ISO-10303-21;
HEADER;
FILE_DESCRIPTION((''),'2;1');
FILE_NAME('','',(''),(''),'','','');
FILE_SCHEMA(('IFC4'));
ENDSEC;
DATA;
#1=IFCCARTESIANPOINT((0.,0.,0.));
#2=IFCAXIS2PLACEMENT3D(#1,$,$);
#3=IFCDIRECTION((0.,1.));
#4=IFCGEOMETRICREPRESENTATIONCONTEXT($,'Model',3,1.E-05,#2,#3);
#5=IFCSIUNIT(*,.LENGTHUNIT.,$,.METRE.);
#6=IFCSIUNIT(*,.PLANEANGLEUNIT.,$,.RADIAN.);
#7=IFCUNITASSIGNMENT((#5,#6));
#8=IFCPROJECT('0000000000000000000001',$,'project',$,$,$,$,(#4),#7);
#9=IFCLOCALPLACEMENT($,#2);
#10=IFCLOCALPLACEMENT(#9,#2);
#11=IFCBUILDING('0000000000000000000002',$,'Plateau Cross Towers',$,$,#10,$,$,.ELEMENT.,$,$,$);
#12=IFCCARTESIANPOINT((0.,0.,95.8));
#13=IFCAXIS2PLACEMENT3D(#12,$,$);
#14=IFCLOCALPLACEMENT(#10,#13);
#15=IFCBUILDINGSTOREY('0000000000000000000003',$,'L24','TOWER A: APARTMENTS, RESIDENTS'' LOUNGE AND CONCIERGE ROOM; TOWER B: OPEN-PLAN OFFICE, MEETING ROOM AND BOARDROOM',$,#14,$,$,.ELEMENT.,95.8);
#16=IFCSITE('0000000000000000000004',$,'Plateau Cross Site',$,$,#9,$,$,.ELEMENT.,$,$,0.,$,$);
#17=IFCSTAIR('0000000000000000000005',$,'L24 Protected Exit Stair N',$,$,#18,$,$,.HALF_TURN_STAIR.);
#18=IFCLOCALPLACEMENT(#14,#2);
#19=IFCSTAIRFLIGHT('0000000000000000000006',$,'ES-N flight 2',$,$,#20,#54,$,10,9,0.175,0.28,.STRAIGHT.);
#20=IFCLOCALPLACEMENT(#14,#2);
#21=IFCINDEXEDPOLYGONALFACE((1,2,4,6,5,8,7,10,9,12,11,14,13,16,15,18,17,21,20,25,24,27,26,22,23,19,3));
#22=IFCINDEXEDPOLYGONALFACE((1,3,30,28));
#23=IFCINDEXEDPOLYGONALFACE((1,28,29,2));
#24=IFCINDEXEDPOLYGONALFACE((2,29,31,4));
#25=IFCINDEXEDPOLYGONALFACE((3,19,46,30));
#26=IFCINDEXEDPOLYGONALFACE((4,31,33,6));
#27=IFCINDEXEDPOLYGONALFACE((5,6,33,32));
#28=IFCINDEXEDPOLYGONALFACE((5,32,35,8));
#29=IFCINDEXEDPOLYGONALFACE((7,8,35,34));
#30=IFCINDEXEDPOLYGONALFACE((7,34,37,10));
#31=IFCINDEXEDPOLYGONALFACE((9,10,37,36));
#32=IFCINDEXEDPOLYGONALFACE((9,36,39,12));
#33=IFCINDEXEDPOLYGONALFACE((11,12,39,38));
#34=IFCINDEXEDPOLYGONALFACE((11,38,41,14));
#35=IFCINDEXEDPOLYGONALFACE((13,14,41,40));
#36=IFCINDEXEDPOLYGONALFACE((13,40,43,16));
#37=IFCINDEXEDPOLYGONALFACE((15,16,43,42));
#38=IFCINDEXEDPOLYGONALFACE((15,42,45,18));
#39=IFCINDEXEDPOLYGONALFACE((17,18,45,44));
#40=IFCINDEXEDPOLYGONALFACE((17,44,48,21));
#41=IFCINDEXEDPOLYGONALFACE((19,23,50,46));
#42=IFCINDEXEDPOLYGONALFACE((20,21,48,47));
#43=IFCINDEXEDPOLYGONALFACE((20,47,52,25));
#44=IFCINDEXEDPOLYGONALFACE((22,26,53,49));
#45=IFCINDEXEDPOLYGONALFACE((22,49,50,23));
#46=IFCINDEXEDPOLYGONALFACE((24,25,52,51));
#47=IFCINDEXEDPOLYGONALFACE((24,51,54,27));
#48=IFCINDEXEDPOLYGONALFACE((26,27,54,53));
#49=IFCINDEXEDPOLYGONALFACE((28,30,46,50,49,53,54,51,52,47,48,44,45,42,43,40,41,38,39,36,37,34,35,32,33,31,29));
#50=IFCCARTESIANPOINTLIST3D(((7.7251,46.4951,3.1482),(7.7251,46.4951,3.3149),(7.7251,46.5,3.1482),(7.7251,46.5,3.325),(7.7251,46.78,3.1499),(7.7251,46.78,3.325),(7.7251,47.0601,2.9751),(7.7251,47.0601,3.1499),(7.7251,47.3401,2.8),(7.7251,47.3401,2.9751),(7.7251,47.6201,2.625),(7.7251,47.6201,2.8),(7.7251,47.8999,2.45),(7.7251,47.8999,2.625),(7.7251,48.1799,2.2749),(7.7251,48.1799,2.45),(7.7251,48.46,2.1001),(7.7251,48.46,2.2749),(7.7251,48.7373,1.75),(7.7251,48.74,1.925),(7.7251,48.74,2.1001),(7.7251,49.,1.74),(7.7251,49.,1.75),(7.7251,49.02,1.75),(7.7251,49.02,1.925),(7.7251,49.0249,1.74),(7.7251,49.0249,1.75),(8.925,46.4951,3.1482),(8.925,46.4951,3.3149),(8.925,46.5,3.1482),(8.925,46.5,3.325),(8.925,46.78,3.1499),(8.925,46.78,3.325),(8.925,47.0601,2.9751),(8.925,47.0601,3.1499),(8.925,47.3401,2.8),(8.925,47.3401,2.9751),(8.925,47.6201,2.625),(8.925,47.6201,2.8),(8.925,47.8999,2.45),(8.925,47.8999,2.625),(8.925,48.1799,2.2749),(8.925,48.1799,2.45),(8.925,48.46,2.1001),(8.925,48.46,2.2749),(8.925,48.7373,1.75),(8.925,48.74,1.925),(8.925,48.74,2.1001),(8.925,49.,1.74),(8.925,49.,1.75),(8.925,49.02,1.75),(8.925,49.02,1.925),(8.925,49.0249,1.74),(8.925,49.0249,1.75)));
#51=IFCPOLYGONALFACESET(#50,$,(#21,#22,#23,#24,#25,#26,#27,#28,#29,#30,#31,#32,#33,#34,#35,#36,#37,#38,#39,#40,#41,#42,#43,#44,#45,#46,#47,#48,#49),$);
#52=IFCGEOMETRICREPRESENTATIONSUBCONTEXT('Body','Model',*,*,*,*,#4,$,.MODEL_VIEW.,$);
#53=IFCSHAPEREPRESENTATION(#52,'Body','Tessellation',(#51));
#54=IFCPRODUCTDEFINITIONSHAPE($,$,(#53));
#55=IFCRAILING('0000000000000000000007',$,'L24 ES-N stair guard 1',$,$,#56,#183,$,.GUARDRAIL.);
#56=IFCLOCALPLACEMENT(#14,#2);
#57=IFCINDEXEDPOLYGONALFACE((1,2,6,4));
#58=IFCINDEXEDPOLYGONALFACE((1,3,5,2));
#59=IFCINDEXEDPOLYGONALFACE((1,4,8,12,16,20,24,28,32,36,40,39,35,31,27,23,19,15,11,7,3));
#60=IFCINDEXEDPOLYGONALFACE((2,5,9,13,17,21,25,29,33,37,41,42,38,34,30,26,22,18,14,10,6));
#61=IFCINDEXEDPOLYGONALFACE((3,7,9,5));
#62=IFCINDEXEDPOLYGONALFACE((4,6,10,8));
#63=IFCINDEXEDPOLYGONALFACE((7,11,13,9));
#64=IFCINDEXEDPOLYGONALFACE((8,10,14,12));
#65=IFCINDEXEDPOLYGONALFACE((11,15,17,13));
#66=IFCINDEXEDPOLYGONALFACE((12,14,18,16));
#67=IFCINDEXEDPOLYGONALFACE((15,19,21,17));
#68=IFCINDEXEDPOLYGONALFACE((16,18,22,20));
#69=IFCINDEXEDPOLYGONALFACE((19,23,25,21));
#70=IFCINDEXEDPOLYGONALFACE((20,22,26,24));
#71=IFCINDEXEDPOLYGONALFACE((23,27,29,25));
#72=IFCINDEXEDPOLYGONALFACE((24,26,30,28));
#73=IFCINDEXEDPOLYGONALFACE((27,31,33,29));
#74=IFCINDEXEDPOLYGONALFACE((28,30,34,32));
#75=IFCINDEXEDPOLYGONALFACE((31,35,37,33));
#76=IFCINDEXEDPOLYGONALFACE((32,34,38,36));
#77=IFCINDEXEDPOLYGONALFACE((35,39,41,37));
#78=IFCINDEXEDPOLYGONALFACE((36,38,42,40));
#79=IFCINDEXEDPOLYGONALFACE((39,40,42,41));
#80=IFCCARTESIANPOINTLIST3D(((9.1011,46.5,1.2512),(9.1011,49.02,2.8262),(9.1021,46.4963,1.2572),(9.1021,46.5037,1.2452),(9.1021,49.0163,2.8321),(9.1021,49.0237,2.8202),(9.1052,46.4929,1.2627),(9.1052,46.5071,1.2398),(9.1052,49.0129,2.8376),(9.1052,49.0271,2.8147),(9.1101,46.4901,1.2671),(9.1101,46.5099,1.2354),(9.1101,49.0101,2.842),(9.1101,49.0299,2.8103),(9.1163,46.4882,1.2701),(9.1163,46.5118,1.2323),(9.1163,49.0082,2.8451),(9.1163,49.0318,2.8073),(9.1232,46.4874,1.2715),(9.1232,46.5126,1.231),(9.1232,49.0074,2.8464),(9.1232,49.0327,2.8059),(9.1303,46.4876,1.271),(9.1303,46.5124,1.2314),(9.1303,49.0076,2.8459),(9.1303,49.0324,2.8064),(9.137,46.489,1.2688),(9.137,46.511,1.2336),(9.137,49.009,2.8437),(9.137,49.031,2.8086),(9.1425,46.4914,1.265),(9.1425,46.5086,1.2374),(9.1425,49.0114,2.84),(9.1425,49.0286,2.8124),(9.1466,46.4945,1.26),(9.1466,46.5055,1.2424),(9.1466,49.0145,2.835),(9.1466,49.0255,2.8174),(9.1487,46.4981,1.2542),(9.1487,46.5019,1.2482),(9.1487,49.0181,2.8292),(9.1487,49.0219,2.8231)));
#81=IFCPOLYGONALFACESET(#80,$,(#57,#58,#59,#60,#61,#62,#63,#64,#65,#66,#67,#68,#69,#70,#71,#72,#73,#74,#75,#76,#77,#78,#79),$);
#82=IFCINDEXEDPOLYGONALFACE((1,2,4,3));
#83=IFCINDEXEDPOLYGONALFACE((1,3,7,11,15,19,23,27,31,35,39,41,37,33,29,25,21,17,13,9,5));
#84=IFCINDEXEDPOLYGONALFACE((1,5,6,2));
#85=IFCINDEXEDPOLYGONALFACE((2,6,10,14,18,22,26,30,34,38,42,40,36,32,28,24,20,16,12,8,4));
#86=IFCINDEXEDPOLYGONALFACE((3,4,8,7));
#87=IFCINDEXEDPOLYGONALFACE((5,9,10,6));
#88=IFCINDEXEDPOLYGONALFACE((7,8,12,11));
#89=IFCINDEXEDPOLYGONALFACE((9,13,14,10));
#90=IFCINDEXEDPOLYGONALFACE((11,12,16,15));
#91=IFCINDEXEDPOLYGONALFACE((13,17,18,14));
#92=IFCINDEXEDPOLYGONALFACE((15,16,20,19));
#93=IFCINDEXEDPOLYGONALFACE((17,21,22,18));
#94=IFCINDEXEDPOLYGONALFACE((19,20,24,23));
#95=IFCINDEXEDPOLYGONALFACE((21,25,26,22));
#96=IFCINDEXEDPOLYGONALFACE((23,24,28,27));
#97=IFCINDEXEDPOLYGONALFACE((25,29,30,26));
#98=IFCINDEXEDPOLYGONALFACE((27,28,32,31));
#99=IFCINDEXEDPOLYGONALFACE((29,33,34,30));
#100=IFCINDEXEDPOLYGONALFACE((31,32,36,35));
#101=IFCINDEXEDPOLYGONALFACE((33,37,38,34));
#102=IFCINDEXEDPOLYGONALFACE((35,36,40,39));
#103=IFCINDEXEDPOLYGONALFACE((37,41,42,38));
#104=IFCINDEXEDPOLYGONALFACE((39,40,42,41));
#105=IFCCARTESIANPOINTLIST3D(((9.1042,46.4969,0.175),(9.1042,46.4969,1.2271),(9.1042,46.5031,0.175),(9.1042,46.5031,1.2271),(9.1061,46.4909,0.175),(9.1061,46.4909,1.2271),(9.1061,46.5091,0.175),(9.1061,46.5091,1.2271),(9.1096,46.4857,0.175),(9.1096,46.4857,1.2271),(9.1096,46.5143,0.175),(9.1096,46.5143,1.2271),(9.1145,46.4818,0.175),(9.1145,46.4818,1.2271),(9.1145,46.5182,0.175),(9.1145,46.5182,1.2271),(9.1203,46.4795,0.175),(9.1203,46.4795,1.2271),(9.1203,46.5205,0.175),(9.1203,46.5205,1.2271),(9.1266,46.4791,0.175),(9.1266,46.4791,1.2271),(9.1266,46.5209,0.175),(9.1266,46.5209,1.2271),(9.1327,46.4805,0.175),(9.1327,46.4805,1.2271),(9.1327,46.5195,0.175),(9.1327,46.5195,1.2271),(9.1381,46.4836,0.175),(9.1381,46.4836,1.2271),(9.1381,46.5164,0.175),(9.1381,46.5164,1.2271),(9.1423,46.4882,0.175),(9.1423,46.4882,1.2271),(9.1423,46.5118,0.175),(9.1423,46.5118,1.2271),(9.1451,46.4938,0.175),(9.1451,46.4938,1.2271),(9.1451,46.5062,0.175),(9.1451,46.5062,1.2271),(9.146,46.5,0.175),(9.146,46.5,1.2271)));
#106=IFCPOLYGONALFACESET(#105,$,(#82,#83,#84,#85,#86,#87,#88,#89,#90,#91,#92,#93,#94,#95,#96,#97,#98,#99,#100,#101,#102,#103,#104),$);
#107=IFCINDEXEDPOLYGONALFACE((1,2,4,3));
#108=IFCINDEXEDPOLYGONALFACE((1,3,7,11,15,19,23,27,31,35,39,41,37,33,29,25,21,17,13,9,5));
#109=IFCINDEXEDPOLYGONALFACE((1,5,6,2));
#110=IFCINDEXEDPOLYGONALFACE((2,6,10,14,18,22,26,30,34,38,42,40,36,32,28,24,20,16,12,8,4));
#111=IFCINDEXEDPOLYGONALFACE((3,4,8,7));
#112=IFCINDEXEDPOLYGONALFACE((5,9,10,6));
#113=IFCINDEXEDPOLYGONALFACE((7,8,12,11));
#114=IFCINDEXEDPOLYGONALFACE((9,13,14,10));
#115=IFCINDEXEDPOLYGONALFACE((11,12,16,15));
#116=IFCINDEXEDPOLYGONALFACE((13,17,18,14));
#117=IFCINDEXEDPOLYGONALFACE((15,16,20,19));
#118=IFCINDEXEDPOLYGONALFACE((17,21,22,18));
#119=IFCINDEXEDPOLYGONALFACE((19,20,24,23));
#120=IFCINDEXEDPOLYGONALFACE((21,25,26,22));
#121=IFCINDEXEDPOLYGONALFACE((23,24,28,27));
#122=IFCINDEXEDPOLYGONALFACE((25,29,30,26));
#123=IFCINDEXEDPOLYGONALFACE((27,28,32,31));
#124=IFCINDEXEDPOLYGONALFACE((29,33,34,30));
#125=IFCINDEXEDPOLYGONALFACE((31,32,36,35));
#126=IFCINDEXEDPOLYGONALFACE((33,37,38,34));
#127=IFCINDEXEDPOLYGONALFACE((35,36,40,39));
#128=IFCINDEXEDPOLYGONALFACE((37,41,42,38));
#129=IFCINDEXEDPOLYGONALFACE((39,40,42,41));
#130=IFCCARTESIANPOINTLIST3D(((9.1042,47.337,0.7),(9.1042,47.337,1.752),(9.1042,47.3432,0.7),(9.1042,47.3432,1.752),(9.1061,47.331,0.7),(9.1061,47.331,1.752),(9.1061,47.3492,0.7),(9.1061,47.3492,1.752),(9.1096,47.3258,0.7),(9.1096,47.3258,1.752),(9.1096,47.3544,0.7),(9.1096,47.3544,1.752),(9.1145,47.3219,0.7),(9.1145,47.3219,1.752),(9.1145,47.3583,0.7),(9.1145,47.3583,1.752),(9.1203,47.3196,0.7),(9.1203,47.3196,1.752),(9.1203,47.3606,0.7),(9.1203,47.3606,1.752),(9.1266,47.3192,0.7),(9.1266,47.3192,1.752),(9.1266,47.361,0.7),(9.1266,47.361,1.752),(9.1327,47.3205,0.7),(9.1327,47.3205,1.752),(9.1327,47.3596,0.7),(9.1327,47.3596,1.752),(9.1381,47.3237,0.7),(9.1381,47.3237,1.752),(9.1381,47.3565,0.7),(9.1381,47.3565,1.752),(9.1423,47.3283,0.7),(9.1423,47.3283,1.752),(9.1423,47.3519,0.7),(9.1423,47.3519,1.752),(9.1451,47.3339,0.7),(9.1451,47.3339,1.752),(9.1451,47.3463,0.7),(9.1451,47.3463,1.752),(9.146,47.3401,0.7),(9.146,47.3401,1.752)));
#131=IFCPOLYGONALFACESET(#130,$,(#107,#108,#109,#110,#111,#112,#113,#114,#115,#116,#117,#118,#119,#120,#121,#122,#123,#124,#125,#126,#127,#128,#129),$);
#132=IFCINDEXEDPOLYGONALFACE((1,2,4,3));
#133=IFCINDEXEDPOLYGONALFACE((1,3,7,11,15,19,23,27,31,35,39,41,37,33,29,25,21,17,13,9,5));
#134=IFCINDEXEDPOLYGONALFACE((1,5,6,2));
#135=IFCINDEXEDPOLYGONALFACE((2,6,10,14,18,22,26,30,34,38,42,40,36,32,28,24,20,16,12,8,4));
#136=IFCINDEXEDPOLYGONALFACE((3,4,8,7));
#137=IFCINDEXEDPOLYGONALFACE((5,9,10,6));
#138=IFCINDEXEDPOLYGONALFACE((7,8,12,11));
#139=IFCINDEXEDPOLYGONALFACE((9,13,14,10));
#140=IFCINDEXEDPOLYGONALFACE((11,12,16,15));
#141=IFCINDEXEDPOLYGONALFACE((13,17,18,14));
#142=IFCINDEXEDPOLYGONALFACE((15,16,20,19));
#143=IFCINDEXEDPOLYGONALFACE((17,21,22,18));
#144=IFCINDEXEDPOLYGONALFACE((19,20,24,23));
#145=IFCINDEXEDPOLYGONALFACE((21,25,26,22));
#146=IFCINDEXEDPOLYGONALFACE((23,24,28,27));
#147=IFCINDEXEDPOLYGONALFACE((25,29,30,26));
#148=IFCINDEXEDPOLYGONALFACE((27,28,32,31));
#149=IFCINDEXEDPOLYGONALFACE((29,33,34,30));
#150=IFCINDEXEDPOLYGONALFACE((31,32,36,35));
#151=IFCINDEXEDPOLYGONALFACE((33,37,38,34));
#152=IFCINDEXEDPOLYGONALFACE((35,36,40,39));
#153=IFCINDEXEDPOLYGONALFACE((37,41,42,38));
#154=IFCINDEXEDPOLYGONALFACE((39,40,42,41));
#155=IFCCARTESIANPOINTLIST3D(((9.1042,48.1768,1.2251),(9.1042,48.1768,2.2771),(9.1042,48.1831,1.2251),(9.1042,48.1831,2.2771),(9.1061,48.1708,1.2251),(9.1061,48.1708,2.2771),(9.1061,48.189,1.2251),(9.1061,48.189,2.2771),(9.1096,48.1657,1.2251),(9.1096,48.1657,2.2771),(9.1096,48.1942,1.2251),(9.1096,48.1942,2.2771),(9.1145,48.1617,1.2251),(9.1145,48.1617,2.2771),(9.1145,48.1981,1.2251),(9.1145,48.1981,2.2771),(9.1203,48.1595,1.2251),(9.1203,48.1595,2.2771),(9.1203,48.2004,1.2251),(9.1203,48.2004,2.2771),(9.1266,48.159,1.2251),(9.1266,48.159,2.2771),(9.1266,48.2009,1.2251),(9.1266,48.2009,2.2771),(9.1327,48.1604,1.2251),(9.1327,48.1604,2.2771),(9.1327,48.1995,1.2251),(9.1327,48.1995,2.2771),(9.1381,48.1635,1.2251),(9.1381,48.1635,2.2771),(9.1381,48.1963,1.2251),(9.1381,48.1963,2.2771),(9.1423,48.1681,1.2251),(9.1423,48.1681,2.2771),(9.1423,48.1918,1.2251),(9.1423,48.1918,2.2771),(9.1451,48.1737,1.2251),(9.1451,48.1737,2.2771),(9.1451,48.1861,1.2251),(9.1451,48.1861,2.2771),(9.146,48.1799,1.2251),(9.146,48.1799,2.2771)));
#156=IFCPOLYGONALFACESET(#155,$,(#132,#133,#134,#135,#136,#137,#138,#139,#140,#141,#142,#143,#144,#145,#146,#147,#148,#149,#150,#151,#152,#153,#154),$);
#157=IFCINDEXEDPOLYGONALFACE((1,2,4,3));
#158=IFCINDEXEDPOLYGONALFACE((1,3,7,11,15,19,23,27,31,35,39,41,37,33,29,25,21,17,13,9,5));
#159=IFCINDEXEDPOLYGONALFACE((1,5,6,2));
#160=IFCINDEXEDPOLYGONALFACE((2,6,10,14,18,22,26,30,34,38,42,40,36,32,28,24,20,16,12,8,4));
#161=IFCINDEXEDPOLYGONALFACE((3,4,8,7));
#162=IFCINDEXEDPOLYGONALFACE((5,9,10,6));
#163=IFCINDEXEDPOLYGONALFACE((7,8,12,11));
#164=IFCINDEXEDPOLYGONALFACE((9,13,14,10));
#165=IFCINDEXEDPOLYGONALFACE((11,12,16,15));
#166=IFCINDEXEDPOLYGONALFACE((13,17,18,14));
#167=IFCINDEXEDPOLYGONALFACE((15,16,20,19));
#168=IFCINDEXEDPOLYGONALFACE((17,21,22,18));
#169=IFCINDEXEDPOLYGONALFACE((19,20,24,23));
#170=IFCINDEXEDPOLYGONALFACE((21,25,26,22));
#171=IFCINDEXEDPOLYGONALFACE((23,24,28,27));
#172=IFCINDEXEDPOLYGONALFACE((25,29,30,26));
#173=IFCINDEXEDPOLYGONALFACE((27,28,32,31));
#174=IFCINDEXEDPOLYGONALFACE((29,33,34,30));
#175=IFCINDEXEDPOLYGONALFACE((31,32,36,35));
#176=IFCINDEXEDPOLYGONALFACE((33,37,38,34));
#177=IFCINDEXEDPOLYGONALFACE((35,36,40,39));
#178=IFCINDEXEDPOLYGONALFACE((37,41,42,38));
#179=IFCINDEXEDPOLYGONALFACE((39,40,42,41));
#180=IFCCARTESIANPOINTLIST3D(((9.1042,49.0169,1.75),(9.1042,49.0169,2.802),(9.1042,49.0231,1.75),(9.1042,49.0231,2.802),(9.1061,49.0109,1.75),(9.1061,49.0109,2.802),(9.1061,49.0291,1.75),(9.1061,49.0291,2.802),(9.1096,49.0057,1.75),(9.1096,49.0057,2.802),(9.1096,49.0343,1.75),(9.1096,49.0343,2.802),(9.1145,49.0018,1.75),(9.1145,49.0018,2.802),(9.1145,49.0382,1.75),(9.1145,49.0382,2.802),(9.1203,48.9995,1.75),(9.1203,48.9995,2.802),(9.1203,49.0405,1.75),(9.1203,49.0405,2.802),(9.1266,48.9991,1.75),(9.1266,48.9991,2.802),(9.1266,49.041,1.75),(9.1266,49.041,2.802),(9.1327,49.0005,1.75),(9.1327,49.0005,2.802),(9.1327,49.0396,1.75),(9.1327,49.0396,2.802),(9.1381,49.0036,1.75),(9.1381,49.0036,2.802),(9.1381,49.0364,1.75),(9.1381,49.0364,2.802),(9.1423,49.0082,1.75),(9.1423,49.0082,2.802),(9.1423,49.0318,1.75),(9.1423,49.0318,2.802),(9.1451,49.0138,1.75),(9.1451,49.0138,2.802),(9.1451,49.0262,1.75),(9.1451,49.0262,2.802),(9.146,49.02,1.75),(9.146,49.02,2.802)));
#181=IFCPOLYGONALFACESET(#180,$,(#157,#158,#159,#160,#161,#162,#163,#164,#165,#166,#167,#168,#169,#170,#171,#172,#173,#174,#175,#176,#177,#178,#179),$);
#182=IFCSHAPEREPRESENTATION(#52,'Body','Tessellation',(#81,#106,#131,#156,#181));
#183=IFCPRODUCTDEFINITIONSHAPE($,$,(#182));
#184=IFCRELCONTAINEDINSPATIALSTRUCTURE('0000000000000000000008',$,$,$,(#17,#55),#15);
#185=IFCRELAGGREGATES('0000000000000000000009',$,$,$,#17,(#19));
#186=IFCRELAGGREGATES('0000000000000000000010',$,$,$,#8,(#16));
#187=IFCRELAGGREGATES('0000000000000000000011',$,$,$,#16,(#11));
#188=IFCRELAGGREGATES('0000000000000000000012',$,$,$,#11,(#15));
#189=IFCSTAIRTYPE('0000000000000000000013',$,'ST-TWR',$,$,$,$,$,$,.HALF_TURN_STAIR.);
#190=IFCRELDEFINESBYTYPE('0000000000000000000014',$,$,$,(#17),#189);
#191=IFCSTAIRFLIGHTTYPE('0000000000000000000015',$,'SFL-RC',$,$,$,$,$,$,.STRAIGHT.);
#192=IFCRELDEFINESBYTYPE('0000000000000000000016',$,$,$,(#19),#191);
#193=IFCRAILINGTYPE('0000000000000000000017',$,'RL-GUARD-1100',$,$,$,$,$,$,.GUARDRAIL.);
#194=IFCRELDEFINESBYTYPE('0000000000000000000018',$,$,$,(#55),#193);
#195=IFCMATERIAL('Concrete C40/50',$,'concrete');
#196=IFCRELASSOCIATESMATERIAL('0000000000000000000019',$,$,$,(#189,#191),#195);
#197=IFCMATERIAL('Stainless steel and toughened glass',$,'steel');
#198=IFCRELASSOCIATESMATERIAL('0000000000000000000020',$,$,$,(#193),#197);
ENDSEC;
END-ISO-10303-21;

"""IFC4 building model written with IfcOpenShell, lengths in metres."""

from ifc_helpers import new_model, si_unit, direction, frame, origin, origin_2d, place, context, subcontext, project, spatial, polyline, circle, outline, extrude, material, type_object, element, aggregate, save


model = new_model("IFC4")

# Units and contexts
model_context = context("Model", 3, precision=1e-05, world=origin(), true_north=direction((0.0, 1.0)))
body_context = subcontext(model_context, "Body", "Model", "MODEL_VIEW")
ifc_project = project(units=[si_unit("LENGTHUNIT", "METRE"), si_unit("PLANEANGLEUNIT", "RADIAN")], contexts=[model_context])

# Site, building, storey
site_placement = place(None, origin())
site = spatial("IfcSite", under=ifc_project, at=site_placement, Name="Plateau Cross Site", CompositionType="ELEMENT", RefElevation=0.0)
building_placement = place(site_placement, origin())
building = spatial("IfcBuilding", under=site, at=building_placement, Name="Plateau Cross Towers", CompositionType="ELEMENT")
storey_placement = place(building_placement, frame((0.0, 0.0, 95.8)))
storey = spatial("IfcBuildingStorey", under=building, at=storey_placement, Name="L24", Description="TOWER A: APARTMENTS, RESIDENTS' LOUNGE AND CONCIERGE ROOM; TOWER B: OPEN-PLAN OFFICE, MEETING ROOM AND BOARDROOM", CompositionType="ELEMENT", Elevation=95.8)

# Stair, stair flight
ifc_material_1 = material(Name="Concrete C40/50", Category="concrete")
stair_type = type_object("IfcStairType", Name="ST-TWR", PredefinedType="HALF_TURN_STAIR", material=ifc_material_1)
stair_placement = place(storey_placement, origin())
stair = element("IfcStair", 1, at=stair_placement, inside=storey, type_object=stair_type, Name="L24 Protected Exit Stair N", PredefinedType="HALF_TURN_STAIR")
stair_flight_type = type_object("IfcStairFlightType", Name="SFL-RC", PredefinedType="STRAIGHT", material=ifc_material_1)
stair_flight_placement = place(storey_placement, frame((8.325, 49.02, 1.75), z_axis=(0.0, 0.0, 1.0), x_axis=(0.0, -1.0, 0.0)))
stair_flight = element("IfcStairFlight", 2, at=stair_flight_placement, type_object=stair_flight_type, Name="ES-N flight 2", NumberOfRisers=10, NumberOfTreads=9, PredefinedType="STRAIGHT", RiserHeight=0.175, TreadLength=0.28, context=body_context, shape_type="SweptSolid", body=[
    extrude(outline(polyline([(-0.0049, -0.01), (-0.0049, 0.0), (0.0, 0.0), (0.0, 0.175), (0.28, 0.175), (0.28, 0.3501), (0.5601, 0.3501), (0.5601, 0.5249), (0.8401, 0.5249), (0.8401, 0.7), (1.1201, 0.7), (1.1201, 0.875), (1.3999, 0.875), (1.3999, 1.05), (1.6799, 1.05), (1.6799, 1.2251), (1.96, 1.2251), (1.96, 1.3999), (2.24, 1.3999), (2.24, 1.575), (2.52, 1.575), (2.5249, 1.5649), (2.5249, 1.3982), (2.52, 1.3982), (0.2827, 0.0), (0.02, 0.0), (0.02, -0.01), (-0.0049, -0.01)])), frame((0.0, 0.6001, 0.0), z_axis=(0.0, -1.0, 0.0), x_axis=(1.0, 0.0, 0.0)), (0.0, 0.0, 1.0), 1.2),
])
aggregate(stair, [stair_flight])

# Railing
ifc_material_2 = material(Name="Stainless steel and toughened glass", Category="steel")
railing_type_1 = type_object("IfcRailingType", Name="RL-GUARD-1100", PredefinedType="GUARDRAIL", material=ifc_material_2)
railing_1_placement = place(storey_placement, frame((9.125, 46.5, 0.175)))
element("IfcRailing", 3, at=railing_1_placement, inside=storey, type_object=railing_type_1, Name="L24 ES-N stair guard 1", PredefinedType="GUARDRAIL", context=body_context, shape_type="SweptSolid", body=[
    extrude(circle(Radius=0.0239, at=origin_2d()), frame((0.0, 0.0, 1.0762), z_axis=(0.0, 0.848008, 0.529984), x_axis=(-1.0, 0.0, 0.0)), (0.0, 0.0, 1.0), 2.9717),
    extrude(circle(Radius=0.021, at=origin_2d()), origin(), (0.0, 0.0, 1.0), 1.052),
    extrude(circle(Radius=0.021, at=origin_2d()), frame((0.0, 0.8401, 0.5249)), (0.0, 0.0, 1.0), 1.052),
    extrude(circle(Radius=0.021, at=origin_2d()), frame((0.0, 1.6799, 1.05)), (0.0, 0.0, 1.0), 1.052),
    extrude(circle(Radius=0.021, at=origin_2d()), frame((0.0, 2.52, 1.575)), (0.0, 0.0, 1.0), 1.052),
])

save(model, "model.ifc")
